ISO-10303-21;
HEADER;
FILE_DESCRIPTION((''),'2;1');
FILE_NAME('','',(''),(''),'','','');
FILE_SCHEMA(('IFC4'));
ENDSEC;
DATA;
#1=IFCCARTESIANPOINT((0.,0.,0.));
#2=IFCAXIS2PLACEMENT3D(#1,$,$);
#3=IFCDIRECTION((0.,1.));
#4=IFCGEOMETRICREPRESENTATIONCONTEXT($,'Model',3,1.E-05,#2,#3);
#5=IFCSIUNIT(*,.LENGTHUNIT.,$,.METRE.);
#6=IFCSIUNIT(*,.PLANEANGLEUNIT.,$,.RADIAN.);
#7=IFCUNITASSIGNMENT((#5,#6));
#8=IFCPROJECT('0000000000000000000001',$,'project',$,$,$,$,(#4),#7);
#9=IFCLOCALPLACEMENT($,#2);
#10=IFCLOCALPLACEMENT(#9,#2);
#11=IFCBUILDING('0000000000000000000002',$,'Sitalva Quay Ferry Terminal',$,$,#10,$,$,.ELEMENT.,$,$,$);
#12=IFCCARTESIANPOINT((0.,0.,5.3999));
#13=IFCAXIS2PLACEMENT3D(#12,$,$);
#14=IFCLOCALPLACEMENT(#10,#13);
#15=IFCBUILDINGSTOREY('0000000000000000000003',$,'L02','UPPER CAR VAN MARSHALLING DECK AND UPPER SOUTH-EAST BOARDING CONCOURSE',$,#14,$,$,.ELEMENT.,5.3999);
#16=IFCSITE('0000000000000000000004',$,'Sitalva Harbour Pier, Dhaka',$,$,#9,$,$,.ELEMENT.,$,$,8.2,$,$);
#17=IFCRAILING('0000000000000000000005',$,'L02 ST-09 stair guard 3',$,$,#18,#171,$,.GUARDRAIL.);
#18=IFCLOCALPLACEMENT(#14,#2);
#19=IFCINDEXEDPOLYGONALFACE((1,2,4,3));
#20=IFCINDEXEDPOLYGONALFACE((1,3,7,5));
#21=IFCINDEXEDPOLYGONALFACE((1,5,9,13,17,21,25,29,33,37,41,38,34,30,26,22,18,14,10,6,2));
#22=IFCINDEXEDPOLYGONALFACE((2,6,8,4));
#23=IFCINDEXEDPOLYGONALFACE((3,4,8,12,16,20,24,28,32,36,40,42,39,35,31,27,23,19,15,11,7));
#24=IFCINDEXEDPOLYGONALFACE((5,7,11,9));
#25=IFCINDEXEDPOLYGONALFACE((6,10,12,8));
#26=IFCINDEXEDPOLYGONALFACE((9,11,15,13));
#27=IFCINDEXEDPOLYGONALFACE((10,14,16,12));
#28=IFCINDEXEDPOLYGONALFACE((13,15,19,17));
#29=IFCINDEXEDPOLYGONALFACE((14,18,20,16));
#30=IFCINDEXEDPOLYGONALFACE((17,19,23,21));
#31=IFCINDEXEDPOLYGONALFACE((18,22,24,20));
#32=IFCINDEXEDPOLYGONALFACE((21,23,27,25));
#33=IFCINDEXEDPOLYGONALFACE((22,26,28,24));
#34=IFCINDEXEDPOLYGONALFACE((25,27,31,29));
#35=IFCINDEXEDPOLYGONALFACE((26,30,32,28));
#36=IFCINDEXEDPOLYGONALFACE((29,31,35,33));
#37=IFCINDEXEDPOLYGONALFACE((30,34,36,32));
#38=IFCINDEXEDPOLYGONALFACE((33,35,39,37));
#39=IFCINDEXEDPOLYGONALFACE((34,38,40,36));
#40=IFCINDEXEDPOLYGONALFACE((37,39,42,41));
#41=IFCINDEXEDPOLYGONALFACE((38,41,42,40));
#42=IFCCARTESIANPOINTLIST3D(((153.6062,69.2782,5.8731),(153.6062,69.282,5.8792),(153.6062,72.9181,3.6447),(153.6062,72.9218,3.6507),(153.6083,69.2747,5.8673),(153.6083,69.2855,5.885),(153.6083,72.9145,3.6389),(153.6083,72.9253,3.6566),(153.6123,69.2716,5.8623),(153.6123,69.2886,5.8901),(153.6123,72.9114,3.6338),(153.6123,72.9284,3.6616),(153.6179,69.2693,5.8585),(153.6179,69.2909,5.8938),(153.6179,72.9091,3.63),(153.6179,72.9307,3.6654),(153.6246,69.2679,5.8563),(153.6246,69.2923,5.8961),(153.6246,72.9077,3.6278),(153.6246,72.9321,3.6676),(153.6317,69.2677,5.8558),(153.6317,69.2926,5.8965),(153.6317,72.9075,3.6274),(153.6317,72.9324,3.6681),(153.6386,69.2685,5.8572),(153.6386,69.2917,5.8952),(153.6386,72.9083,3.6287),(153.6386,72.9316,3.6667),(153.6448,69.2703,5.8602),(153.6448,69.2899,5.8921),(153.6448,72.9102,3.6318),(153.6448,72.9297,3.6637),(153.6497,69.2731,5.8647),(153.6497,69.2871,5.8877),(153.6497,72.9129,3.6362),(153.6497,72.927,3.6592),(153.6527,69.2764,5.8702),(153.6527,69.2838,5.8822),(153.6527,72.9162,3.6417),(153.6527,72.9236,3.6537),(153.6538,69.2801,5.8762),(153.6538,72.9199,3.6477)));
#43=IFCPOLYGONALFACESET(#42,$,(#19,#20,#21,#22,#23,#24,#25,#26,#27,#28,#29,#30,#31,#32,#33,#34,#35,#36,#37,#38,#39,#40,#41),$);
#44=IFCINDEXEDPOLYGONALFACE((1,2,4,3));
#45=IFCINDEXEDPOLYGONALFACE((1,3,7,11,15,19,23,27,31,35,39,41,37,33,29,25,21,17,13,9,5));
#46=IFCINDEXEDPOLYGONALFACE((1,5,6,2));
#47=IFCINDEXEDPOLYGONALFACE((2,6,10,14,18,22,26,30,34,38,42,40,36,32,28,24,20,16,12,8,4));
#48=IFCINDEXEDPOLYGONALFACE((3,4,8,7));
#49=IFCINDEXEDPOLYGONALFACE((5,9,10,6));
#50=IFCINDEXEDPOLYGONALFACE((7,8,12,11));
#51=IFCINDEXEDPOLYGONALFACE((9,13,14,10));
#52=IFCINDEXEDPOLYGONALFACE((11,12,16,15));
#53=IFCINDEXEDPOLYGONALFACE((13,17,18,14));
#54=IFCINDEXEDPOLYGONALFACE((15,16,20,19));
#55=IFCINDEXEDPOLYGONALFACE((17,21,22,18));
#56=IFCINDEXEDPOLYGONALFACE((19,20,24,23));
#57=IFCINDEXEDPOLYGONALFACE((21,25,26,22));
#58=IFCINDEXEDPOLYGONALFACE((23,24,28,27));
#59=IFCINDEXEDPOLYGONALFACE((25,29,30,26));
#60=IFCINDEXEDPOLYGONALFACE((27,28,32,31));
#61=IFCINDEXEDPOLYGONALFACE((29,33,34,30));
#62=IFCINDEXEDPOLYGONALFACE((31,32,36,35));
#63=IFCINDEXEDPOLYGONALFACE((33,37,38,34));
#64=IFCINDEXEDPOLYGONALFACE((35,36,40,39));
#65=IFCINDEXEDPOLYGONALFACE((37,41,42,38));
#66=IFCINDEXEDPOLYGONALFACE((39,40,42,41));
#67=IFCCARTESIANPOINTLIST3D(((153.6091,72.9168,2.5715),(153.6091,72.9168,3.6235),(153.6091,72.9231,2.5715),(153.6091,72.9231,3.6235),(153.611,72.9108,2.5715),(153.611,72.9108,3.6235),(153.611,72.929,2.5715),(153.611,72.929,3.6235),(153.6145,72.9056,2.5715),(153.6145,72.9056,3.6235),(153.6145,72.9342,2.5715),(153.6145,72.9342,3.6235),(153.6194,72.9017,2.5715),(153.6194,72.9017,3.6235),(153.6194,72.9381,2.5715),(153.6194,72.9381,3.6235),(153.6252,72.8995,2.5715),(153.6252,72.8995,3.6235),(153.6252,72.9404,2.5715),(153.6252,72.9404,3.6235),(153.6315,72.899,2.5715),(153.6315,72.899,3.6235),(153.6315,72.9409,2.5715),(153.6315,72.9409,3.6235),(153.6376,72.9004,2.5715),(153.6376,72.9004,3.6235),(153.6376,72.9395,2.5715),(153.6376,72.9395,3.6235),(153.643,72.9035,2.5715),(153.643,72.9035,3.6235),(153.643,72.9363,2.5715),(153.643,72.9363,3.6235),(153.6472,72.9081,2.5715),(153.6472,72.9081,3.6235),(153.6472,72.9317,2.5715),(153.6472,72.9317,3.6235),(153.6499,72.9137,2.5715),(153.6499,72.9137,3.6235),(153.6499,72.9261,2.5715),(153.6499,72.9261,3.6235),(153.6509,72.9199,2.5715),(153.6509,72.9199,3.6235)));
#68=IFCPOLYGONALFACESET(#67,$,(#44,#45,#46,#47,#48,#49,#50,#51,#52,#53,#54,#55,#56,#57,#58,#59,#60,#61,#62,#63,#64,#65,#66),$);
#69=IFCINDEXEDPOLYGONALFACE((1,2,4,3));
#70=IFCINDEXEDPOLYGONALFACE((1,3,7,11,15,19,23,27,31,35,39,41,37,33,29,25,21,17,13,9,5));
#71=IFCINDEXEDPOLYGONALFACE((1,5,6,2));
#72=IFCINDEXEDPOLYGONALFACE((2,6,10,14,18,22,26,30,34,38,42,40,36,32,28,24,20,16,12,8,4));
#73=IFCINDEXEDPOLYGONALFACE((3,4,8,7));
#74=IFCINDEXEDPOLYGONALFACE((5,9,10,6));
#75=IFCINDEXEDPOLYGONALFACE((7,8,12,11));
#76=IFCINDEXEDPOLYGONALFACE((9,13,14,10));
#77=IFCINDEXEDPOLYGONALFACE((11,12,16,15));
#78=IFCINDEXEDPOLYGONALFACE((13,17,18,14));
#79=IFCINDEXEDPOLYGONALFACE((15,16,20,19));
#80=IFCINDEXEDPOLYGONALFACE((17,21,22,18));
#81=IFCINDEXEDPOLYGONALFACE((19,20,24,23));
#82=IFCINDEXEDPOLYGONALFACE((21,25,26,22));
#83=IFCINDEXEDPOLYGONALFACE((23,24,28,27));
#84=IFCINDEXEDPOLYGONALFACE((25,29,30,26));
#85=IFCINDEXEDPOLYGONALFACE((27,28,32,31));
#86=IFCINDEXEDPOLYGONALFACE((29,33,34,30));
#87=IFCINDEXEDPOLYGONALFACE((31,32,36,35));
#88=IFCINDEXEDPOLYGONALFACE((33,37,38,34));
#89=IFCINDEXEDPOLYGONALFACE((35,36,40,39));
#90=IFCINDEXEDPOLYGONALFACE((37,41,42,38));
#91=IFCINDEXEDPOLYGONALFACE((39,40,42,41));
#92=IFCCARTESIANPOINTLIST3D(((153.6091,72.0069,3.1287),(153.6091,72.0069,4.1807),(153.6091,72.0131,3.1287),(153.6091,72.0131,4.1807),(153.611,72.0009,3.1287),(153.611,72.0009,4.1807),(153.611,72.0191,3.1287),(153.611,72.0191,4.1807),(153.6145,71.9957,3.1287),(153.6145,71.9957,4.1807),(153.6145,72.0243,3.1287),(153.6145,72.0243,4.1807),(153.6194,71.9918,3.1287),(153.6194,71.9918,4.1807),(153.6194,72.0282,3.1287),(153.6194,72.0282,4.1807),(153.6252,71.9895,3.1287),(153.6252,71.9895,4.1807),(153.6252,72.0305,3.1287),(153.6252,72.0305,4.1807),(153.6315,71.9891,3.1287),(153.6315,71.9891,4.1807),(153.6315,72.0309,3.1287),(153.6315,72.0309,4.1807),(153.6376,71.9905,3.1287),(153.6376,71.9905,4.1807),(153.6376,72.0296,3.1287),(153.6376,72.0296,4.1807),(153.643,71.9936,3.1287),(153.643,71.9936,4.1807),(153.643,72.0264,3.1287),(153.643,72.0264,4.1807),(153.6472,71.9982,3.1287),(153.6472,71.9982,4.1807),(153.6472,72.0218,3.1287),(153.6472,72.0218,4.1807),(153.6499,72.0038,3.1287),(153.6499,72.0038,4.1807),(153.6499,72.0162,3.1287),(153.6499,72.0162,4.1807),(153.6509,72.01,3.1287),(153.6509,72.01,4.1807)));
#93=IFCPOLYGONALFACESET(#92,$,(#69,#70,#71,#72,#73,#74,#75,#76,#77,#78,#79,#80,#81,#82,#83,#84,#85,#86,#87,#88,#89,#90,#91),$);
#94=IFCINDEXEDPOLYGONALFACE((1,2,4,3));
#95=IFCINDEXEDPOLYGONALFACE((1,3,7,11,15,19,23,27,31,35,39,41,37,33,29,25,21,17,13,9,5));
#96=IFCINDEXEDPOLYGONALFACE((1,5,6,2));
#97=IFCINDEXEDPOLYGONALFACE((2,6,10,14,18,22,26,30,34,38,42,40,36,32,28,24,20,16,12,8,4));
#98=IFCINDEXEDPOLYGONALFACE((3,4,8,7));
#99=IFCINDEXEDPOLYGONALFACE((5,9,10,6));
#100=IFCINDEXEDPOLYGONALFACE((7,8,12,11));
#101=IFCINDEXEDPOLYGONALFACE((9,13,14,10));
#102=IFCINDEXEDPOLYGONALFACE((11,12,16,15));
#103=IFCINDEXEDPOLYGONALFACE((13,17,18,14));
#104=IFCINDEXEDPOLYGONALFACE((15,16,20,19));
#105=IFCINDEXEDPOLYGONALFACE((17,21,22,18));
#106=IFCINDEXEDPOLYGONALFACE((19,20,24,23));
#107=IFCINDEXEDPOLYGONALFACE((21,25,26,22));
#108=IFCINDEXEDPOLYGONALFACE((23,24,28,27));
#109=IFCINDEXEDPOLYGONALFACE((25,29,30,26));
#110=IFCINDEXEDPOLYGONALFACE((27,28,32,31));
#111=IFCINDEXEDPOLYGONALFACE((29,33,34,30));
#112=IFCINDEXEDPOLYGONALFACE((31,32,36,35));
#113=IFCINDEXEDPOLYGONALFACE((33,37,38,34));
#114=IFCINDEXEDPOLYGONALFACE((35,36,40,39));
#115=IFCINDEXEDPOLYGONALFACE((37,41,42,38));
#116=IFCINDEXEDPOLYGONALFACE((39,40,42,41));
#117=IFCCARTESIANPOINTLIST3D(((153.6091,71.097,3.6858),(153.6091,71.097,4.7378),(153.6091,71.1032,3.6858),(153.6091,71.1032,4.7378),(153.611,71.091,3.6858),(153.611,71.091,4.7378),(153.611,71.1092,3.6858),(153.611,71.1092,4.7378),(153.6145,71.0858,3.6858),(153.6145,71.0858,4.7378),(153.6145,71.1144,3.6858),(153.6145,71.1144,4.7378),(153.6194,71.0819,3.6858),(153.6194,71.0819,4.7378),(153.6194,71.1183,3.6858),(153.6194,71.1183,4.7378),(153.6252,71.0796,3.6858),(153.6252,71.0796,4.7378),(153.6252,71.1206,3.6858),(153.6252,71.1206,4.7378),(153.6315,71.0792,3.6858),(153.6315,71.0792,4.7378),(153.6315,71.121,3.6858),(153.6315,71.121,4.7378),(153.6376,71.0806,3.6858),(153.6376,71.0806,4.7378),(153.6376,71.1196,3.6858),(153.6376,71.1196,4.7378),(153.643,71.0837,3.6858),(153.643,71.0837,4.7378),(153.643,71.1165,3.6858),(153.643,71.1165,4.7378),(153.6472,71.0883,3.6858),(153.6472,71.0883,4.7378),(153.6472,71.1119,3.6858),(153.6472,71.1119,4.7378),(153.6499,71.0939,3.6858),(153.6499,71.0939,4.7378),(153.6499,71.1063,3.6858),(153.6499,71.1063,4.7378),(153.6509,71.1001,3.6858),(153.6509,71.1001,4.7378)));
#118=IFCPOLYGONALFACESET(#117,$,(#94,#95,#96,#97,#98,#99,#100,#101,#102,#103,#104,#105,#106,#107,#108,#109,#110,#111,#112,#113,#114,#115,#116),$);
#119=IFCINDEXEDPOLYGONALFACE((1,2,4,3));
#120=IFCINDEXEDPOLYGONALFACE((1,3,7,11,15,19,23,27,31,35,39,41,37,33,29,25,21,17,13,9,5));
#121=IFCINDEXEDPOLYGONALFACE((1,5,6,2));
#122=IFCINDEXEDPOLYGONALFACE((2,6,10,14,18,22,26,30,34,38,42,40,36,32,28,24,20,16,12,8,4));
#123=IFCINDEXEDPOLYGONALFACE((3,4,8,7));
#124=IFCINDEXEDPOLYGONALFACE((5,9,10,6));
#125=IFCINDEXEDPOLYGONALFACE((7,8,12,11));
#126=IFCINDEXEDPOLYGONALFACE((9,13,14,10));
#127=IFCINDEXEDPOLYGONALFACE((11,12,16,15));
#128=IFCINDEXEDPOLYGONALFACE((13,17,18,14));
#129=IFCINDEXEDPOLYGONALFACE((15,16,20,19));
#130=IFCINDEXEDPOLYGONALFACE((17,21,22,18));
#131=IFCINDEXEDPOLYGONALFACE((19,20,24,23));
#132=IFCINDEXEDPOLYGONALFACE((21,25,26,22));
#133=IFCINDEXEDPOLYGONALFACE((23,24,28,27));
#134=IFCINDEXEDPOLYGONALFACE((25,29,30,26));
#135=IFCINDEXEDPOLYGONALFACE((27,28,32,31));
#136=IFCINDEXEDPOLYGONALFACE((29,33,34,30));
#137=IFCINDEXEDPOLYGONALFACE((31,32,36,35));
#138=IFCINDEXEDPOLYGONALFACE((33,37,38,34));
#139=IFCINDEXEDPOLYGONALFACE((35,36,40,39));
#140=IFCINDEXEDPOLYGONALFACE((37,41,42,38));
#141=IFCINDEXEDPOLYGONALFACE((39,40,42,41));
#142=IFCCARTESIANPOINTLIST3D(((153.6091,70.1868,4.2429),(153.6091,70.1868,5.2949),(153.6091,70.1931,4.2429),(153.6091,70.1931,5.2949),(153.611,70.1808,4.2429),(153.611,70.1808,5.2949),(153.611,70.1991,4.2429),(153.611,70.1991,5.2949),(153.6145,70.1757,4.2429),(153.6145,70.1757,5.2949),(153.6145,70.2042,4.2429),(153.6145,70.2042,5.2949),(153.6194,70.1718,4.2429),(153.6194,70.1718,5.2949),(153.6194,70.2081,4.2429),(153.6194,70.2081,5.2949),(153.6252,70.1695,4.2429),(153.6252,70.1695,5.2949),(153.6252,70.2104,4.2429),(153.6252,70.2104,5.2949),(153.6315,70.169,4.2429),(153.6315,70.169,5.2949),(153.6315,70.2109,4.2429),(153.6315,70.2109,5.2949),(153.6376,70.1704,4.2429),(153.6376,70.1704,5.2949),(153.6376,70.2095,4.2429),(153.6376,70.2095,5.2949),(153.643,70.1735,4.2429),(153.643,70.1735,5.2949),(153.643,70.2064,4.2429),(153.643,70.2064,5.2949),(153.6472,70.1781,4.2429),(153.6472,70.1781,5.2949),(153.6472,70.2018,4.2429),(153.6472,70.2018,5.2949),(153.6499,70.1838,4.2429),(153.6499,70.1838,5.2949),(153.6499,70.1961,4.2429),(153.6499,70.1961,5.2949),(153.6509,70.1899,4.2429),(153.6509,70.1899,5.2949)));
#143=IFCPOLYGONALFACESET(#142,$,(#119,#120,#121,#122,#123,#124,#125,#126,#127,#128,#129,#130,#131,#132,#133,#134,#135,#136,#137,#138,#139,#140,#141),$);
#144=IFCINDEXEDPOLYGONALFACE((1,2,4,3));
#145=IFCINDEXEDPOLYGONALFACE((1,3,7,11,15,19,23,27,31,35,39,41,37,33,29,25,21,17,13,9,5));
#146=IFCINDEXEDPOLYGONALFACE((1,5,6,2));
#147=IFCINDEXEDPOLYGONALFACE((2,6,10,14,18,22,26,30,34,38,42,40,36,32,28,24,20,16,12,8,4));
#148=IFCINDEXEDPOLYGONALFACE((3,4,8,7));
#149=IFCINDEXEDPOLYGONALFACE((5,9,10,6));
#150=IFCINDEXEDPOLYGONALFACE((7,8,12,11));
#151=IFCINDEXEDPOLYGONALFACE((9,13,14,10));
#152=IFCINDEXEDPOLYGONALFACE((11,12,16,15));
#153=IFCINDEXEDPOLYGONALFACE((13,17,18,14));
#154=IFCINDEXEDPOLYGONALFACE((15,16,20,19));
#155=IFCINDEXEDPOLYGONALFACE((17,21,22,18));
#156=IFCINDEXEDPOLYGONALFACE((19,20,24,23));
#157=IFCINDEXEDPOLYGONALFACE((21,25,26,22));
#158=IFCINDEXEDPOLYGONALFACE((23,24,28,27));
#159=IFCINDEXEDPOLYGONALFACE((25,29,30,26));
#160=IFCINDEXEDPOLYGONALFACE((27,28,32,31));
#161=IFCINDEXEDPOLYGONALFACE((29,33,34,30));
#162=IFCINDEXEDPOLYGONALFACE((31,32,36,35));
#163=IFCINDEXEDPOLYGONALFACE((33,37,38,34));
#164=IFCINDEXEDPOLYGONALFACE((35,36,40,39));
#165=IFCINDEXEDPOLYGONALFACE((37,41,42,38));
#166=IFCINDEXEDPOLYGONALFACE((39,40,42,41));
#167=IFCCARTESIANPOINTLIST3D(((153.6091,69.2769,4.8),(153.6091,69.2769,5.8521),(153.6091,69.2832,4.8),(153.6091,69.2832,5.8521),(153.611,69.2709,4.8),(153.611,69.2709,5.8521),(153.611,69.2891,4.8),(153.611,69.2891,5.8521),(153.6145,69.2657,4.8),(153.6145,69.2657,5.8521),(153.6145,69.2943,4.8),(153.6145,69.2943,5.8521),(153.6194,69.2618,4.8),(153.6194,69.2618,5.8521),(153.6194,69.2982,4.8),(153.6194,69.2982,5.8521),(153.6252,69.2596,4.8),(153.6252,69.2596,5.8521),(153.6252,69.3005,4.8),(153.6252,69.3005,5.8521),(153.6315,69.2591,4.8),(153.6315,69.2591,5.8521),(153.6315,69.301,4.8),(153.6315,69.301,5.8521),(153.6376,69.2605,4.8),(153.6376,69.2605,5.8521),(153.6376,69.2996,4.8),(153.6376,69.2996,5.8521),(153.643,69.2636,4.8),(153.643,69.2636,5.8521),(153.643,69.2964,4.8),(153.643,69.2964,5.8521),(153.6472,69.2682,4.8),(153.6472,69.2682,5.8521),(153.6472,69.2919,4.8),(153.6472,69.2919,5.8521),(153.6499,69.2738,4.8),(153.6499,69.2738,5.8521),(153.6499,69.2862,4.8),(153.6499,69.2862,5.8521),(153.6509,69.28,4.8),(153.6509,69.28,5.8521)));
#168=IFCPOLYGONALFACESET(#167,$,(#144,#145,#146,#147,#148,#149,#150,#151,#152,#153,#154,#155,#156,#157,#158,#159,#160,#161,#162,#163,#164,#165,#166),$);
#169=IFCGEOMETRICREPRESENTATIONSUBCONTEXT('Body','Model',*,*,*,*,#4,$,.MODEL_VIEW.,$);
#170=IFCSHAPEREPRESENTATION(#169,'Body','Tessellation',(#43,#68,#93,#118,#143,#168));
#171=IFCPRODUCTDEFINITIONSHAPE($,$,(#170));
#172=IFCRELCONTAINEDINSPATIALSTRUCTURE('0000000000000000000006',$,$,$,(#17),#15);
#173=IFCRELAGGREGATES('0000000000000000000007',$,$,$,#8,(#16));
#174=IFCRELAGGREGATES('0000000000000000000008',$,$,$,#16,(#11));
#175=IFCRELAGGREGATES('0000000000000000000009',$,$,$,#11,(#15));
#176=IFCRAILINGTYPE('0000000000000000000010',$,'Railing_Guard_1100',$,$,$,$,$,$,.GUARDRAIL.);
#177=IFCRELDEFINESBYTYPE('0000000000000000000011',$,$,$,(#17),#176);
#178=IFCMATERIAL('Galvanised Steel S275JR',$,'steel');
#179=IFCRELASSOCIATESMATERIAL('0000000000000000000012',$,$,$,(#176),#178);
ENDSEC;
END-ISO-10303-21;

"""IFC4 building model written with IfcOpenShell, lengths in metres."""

from ifc_helpers import new_model, si_unit, direction, frame, origin, origin_2d, place, context, subcontext, project, spatial, circle, extrude, material, type_object, element, save


model = new_model("IFC4")

# Units and contexts
model_context = context("Model", 3, precision=1e-05, world=origin(), true_north=direction((0.0, 1.0)))
body_context = subcontext(model_context, "Body", "Model", "MODEL_VIEW")
ifc_project = project(units=[si_unit("LENGTHUNIT", "METRE"), si_unit("PLANEANGLEUNIT", "RADIAN")], contexts=[model_context])

# Site, building, storey
site_placement = place(None, origin())
site = spatial("IfcSite", under=ifc_project, at=site_placement, Name="Sitalva Harbour Pier, Dhaka", CompositionType="ELEMENT", RefElevation=8.2)
building_placement = place(site_placement, origin())
building = spatial("IfcBuilding", under=site, at=building_placement, Name="Sitalva Quay Ferry Terminal", CompositionType="ELEMENT")
storey_placement = place(building_placement, frame((0.0, 0.0, 5.3999)))
storey = spatial("IfcBuildingStorey", under=building, at=storey_placement, Name="L02", Description="UPPER CAR VAN MARSHALLING DECK AND UPPER SOUTH-EAST BOARDING CONCOURSE", CompositionType="ELEMENT", Elevation=5.3999)

# Railing
ifc_material_1 = material(Name="Galvanised Steel S275JR", Category="steel")
railing_type_1 = type_object("IfcRailingType", Name="Railing_Guard_1100", PredefinedType="GUARDRAIL", material=ifc_material_1)
railing_1_placement = place(storey_placement, frame((153.6299, 72.9199, 2.5715)))
element("IfcRailing", 1, at=railing_1_placement, inside=storey, type_object=railing_type_1, Name="L02 ST-09 stair guard 3", PredefinedType="GUARDRAIL", context=body_context, shape_type="SweptSolid", body=[
    extrude(circle(Radius=0.0239, at=origin_2d()), frame((0.0, 0.0, 1.0762), z_axis=(0.0, -0.85285, 0.522156), x_axis=(1.0, 0.0, 0.0)), (0.0, 0.0, 1.0), 4.2678),
    extrude(circle(Radius=0.021, at=origin_2d()), origin(), (0.0, 0.0, 1.0), 1.052),
    extrude(circle(Radius=0.021, at=origin_2d()), frame((0.0, -0.9099, 0.5571)), (0.0, 0.0, 1.0), 1.052),
    extrude(circle(Radius=0.021, at=origin_2d()), frame((0.0, -1.8198, 1.1143)), (0.0, 0.0, 1.0), 1.052),
    extrude(circle(Radius=0.021, at=origin_2d()), frame((0.0, -2.73, 1.6714)), (0.0, 0.0, 1.0), 1.052),
    extrude(circle(Radius=0.021, at=origin_2d()), frame((0.0, -3.6399, 2.2285)), (0.0, 0.0, 1.0), 1.052),
])

save(model, "model.ifc")
